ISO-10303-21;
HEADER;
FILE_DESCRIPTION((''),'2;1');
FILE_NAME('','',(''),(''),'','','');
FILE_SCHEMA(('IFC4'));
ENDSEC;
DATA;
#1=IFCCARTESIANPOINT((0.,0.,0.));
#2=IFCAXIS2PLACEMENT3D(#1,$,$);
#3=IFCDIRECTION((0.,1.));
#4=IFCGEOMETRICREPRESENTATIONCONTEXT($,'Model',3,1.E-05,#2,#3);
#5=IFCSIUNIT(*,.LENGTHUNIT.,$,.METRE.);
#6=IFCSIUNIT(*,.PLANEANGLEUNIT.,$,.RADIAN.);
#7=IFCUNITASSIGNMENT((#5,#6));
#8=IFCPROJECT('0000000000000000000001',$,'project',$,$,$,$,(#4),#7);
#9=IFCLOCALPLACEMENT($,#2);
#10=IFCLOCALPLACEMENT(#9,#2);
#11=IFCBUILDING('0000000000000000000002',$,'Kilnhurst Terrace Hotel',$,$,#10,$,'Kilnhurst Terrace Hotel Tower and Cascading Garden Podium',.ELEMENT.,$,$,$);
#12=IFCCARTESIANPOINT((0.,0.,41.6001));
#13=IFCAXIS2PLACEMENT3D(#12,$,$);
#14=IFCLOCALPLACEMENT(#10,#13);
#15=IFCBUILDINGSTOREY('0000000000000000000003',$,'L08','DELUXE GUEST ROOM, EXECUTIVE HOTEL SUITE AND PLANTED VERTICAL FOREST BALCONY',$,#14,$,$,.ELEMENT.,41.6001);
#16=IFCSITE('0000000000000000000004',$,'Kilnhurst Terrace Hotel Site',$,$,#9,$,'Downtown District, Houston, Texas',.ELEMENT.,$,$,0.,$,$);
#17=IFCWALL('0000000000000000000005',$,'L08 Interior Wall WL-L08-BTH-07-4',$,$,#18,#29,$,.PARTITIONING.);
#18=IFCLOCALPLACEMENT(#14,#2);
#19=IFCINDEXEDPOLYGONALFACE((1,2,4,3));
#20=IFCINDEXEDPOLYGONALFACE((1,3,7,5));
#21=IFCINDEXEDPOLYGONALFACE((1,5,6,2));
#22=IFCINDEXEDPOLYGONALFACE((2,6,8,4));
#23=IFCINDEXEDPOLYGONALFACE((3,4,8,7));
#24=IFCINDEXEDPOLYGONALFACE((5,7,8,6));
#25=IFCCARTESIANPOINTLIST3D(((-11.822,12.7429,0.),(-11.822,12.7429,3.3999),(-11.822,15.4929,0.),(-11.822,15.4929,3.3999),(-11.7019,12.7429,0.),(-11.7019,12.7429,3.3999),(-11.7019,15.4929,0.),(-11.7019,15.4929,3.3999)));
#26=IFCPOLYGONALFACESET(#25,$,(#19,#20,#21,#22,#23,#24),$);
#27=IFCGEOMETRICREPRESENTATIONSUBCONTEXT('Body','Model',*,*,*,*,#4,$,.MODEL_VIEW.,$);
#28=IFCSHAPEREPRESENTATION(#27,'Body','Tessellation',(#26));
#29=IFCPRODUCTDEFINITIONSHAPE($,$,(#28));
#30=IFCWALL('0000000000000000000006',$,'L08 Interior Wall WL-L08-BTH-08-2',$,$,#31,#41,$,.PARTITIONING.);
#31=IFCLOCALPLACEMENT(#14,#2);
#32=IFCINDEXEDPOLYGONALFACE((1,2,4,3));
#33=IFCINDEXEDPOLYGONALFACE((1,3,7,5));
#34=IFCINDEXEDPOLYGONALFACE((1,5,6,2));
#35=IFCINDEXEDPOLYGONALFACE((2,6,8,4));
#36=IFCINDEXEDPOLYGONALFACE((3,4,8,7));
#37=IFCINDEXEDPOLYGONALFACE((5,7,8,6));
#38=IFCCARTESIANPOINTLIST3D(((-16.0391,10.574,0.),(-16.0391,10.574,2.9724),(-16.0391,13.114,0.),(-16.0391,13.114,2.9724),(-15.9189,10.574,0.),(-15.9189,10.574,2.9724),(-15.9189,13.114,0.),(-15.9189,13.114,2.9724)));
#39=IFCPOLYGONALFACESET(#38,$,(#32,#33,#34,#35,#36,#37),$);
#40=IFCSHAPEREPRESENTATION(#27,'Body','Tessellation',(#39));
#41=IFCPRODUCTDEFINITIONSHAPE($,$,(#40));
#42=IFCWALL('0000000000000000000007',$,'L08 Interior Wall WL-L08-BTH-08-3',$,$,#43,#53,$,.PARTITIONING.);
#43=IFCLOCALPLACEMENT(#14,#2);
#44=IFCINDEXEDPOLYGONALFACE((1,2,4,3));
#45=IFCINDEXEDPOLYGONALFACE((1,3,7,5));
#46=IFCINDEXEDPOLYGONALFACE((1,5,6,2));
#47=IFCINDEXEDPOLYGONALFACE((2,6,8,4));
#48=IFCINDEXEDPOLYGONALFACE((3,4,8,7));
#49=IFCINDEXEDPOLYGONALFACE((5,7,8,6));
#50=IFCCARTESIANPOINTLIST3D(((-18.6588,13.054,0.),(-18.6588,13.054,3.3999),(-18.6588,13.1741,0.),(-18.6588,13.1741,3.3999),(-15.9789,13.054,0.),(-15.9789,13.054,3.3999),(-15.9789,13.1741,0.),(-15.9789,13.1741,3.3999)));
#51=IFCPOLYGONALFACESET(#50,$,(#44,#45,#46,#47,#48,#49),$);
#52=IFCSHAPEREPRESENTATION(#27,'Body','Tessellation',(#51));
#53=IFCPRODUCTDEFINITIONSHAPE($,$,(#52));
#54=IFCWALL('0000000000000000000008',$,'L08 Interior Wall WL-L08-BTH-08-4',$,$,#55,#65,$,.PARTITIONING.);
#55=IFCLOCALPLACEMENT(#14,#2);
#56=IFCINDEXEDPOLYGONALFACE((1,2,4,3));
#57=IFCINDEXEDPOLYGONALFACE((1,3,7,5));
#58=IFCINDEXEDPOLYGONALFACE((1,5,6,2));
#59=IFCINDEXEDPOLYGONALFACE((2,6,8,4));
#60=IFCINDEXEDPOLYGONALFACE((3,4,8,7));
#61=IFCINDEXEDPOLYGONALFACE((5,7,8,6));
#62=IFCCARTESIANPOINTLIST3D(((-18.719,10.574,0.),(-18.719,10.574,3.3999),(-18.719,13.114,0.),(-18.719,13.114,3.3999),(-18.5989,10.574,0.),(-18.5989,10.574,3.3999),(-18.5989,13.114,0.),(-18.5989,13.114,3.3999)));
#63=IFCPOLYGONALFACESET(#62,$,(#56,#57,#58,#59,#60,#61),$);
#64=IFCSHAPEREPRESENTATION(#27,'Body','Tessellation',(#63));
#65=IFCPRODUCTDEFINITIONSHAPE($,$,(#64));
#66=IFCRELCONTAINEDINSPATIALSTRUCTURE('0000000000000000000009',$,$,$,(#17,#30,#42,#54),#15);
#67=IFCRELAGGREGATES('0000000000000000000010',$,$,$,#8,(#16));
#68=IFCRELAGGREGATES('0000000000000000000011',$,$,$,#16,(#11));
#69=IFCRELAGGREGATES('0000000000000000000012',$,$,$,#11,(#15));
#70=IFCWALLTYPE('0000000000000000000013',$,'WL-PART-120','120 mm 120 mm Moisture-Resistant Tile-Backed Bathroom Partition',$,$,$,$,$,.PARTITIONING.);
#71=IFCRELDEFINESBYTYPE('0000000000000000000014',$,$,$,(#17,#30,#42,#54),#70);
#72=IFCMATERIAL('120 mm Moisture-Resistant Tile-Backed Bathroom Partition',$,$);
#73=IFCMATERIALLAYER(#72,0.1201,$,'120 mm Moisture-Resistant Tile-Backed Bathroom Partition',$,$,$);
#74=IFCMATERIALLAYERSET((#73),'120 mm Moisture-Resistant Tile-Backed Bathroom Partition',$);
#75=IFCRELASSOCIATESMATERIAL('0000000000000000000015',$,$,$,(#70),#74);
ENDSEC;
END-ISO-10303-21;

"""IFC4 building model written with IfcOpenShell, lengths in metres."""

from ifc_helpers import new_model, si_unit, direction, frame, frame_2d, origin, place, context, subcontext, project, spatial, rectangle, extrude, material, layer, layer_set, type_object, element, save


model = new_model("IFC4")

# Units and contexts
model_context = context("Model", 3, precision=1e-05, world=origin(), true_north=direction((0.0, 1.0)))
body_context = subcontext(model_context, "Body", "Model", "MODEL_VIEW")
ifc_project = project(units=[si_unit("LENGTHUNIT", "METRE"), si_unit("PLANEANGLEUNIT", "RADIAN")], contexts=[model_context])

# Site, building, storey
site_placement = place(None, origin())
site = spatial("IfcSite", under=ifc_project, at=site_placement, Name="Kilnhurst Terrace Hotel Site", LongName="Downtown District, Houston, Texas", CompositionType="ELEMENT", RefElevation=0.0)
building_placement = place(site_placement, origin())
building = spatial("IfcBuilding", under=site, at=building_placement, Name="Kilnhurst Terrace Hotel", LongName="Kilnhurst Terrace Hotel Tower and Cascading Garden Podium", CompositionType="ELEMENT")
storey_placement = place(building_placement, frame((0.0, 0.0, 41.6001)))
storey = spatial("IfcBuildingStorey", under=building, at=storey_placement, Name="L08", Description="DELUXE GUEST ROOM, EXECUTIVE HOTEL SUITE AND PLANTED VERTICAL FOREST BALCONY", CompositionType="ELEMENT", Elevation=41.6001)

# Shared definitions
ifc_material_1 = material(Name="120 mm Moisture-Resistant Tile-Backed Bathroom Partition")
ifc_layer_1 = layer(ifc_material_1, 0.1201, Name="120 mm Moisture-Resistant Tile-Backed Bathroom Partition")
ifc_layer_set_1 = layer_set([ifc_layer_1], Name="120 mm Moisture-Resistant Tile-Backed Bathroom Partition")
wall_type_1 = type_object("IfcWallType", Name="WL-PART-120", Description="120 mm 120 mm Moisture-Resistant Tile-Backed Bathroom Partition", PredefinedType="PARTITIONING", material=ifc_layer_set_1)

# Walls
wall_1_placement = place(storey_placement, frame((-11.762, 15.4929, 0.0), z_axis=(0.0, 0.0, 1.0), x_axis=(0.0, -1.0, 0.0)))
element("IfcWall", 1, at=wall_1_placement, inside=storey, type_object=wall_type_1, Name="L08 Interior Wall WL-L08-BTH-07-4", PredefinedType="PARTITIONING", context=body_context, shape_type="SweptSolid", body=[
    extrude(rectangle(XDim=2.75, YDim=0.1201, at=frame_2d((1.375, 0.0))), origin(), (0.0, 0.0, 1.0), 3.3999),
])
wall_2_placement = place(storey_placement, frame((-15.979, 10.574, 0.0), z_axis=(0.0, 0.0, 1.0), x_axis=(0.0, 1.0, 0.0)))
element("IfcWall", 2, at=wall_2_placement, inside=storey, type_object=wall_type_1, Name="L08 Interior Wall WL-L08-BTH-08-2", PredefinedType="PARTITIONING", context=body_context, shape_type="SweptSolid", body=[
    extrude(rectangle(XDim=2.54, YDim=0.1201, at=frame_2d((1.27, 0.0))), origin(), (0.0, 0.0, 1.0), 2.9724),
])
wall_3_placement = place(storey_placement, frame((-15.979, 13.114, 0.0), z_axis=(0.0, 0.0, 1.0), x_axis=(-1.0, 0.0, 0.0)))
element("IfcWall", 3, at=wall_3_placement, inside=storey, type_object=wall_type_1, Name="L08 Interior Wall WL-L08-BTH-08-3", PredefinedType="PARTITIONING", context=body_context, shape_type="SweptSolid", body=[
    extrude(rectangle(XDim=2.6799, YDim=0.1201, at=frame_2d((1.3398, 0.0))), origin(), (0.0, 0.0, 1.0), 3.3999),
])
wall_4_placement = place(storey_placement, frame((-18.6589, 13.114, 0.0), z_axis=(0.0, 0.0, 1.0), x_axis=(0.0, -1.0, 0.0)))
element("IfcWall", 4, at=wall_4_placement, inside=storey, type_object=wall_type_1, Name="L08 Interior Wall WL-L08-BTH-08-4", PredefinedType="PARTITIONING", context=body_context, shape_type="SweptSolid", body=[
    extrude(rectangle(XDim=2.54, YDim=0.1201, at=frame_2d((1.27, 0.0))), origin(), (0.0, 0.0, 1.0), 3.3999),
])

save(model, "model.ifc")
